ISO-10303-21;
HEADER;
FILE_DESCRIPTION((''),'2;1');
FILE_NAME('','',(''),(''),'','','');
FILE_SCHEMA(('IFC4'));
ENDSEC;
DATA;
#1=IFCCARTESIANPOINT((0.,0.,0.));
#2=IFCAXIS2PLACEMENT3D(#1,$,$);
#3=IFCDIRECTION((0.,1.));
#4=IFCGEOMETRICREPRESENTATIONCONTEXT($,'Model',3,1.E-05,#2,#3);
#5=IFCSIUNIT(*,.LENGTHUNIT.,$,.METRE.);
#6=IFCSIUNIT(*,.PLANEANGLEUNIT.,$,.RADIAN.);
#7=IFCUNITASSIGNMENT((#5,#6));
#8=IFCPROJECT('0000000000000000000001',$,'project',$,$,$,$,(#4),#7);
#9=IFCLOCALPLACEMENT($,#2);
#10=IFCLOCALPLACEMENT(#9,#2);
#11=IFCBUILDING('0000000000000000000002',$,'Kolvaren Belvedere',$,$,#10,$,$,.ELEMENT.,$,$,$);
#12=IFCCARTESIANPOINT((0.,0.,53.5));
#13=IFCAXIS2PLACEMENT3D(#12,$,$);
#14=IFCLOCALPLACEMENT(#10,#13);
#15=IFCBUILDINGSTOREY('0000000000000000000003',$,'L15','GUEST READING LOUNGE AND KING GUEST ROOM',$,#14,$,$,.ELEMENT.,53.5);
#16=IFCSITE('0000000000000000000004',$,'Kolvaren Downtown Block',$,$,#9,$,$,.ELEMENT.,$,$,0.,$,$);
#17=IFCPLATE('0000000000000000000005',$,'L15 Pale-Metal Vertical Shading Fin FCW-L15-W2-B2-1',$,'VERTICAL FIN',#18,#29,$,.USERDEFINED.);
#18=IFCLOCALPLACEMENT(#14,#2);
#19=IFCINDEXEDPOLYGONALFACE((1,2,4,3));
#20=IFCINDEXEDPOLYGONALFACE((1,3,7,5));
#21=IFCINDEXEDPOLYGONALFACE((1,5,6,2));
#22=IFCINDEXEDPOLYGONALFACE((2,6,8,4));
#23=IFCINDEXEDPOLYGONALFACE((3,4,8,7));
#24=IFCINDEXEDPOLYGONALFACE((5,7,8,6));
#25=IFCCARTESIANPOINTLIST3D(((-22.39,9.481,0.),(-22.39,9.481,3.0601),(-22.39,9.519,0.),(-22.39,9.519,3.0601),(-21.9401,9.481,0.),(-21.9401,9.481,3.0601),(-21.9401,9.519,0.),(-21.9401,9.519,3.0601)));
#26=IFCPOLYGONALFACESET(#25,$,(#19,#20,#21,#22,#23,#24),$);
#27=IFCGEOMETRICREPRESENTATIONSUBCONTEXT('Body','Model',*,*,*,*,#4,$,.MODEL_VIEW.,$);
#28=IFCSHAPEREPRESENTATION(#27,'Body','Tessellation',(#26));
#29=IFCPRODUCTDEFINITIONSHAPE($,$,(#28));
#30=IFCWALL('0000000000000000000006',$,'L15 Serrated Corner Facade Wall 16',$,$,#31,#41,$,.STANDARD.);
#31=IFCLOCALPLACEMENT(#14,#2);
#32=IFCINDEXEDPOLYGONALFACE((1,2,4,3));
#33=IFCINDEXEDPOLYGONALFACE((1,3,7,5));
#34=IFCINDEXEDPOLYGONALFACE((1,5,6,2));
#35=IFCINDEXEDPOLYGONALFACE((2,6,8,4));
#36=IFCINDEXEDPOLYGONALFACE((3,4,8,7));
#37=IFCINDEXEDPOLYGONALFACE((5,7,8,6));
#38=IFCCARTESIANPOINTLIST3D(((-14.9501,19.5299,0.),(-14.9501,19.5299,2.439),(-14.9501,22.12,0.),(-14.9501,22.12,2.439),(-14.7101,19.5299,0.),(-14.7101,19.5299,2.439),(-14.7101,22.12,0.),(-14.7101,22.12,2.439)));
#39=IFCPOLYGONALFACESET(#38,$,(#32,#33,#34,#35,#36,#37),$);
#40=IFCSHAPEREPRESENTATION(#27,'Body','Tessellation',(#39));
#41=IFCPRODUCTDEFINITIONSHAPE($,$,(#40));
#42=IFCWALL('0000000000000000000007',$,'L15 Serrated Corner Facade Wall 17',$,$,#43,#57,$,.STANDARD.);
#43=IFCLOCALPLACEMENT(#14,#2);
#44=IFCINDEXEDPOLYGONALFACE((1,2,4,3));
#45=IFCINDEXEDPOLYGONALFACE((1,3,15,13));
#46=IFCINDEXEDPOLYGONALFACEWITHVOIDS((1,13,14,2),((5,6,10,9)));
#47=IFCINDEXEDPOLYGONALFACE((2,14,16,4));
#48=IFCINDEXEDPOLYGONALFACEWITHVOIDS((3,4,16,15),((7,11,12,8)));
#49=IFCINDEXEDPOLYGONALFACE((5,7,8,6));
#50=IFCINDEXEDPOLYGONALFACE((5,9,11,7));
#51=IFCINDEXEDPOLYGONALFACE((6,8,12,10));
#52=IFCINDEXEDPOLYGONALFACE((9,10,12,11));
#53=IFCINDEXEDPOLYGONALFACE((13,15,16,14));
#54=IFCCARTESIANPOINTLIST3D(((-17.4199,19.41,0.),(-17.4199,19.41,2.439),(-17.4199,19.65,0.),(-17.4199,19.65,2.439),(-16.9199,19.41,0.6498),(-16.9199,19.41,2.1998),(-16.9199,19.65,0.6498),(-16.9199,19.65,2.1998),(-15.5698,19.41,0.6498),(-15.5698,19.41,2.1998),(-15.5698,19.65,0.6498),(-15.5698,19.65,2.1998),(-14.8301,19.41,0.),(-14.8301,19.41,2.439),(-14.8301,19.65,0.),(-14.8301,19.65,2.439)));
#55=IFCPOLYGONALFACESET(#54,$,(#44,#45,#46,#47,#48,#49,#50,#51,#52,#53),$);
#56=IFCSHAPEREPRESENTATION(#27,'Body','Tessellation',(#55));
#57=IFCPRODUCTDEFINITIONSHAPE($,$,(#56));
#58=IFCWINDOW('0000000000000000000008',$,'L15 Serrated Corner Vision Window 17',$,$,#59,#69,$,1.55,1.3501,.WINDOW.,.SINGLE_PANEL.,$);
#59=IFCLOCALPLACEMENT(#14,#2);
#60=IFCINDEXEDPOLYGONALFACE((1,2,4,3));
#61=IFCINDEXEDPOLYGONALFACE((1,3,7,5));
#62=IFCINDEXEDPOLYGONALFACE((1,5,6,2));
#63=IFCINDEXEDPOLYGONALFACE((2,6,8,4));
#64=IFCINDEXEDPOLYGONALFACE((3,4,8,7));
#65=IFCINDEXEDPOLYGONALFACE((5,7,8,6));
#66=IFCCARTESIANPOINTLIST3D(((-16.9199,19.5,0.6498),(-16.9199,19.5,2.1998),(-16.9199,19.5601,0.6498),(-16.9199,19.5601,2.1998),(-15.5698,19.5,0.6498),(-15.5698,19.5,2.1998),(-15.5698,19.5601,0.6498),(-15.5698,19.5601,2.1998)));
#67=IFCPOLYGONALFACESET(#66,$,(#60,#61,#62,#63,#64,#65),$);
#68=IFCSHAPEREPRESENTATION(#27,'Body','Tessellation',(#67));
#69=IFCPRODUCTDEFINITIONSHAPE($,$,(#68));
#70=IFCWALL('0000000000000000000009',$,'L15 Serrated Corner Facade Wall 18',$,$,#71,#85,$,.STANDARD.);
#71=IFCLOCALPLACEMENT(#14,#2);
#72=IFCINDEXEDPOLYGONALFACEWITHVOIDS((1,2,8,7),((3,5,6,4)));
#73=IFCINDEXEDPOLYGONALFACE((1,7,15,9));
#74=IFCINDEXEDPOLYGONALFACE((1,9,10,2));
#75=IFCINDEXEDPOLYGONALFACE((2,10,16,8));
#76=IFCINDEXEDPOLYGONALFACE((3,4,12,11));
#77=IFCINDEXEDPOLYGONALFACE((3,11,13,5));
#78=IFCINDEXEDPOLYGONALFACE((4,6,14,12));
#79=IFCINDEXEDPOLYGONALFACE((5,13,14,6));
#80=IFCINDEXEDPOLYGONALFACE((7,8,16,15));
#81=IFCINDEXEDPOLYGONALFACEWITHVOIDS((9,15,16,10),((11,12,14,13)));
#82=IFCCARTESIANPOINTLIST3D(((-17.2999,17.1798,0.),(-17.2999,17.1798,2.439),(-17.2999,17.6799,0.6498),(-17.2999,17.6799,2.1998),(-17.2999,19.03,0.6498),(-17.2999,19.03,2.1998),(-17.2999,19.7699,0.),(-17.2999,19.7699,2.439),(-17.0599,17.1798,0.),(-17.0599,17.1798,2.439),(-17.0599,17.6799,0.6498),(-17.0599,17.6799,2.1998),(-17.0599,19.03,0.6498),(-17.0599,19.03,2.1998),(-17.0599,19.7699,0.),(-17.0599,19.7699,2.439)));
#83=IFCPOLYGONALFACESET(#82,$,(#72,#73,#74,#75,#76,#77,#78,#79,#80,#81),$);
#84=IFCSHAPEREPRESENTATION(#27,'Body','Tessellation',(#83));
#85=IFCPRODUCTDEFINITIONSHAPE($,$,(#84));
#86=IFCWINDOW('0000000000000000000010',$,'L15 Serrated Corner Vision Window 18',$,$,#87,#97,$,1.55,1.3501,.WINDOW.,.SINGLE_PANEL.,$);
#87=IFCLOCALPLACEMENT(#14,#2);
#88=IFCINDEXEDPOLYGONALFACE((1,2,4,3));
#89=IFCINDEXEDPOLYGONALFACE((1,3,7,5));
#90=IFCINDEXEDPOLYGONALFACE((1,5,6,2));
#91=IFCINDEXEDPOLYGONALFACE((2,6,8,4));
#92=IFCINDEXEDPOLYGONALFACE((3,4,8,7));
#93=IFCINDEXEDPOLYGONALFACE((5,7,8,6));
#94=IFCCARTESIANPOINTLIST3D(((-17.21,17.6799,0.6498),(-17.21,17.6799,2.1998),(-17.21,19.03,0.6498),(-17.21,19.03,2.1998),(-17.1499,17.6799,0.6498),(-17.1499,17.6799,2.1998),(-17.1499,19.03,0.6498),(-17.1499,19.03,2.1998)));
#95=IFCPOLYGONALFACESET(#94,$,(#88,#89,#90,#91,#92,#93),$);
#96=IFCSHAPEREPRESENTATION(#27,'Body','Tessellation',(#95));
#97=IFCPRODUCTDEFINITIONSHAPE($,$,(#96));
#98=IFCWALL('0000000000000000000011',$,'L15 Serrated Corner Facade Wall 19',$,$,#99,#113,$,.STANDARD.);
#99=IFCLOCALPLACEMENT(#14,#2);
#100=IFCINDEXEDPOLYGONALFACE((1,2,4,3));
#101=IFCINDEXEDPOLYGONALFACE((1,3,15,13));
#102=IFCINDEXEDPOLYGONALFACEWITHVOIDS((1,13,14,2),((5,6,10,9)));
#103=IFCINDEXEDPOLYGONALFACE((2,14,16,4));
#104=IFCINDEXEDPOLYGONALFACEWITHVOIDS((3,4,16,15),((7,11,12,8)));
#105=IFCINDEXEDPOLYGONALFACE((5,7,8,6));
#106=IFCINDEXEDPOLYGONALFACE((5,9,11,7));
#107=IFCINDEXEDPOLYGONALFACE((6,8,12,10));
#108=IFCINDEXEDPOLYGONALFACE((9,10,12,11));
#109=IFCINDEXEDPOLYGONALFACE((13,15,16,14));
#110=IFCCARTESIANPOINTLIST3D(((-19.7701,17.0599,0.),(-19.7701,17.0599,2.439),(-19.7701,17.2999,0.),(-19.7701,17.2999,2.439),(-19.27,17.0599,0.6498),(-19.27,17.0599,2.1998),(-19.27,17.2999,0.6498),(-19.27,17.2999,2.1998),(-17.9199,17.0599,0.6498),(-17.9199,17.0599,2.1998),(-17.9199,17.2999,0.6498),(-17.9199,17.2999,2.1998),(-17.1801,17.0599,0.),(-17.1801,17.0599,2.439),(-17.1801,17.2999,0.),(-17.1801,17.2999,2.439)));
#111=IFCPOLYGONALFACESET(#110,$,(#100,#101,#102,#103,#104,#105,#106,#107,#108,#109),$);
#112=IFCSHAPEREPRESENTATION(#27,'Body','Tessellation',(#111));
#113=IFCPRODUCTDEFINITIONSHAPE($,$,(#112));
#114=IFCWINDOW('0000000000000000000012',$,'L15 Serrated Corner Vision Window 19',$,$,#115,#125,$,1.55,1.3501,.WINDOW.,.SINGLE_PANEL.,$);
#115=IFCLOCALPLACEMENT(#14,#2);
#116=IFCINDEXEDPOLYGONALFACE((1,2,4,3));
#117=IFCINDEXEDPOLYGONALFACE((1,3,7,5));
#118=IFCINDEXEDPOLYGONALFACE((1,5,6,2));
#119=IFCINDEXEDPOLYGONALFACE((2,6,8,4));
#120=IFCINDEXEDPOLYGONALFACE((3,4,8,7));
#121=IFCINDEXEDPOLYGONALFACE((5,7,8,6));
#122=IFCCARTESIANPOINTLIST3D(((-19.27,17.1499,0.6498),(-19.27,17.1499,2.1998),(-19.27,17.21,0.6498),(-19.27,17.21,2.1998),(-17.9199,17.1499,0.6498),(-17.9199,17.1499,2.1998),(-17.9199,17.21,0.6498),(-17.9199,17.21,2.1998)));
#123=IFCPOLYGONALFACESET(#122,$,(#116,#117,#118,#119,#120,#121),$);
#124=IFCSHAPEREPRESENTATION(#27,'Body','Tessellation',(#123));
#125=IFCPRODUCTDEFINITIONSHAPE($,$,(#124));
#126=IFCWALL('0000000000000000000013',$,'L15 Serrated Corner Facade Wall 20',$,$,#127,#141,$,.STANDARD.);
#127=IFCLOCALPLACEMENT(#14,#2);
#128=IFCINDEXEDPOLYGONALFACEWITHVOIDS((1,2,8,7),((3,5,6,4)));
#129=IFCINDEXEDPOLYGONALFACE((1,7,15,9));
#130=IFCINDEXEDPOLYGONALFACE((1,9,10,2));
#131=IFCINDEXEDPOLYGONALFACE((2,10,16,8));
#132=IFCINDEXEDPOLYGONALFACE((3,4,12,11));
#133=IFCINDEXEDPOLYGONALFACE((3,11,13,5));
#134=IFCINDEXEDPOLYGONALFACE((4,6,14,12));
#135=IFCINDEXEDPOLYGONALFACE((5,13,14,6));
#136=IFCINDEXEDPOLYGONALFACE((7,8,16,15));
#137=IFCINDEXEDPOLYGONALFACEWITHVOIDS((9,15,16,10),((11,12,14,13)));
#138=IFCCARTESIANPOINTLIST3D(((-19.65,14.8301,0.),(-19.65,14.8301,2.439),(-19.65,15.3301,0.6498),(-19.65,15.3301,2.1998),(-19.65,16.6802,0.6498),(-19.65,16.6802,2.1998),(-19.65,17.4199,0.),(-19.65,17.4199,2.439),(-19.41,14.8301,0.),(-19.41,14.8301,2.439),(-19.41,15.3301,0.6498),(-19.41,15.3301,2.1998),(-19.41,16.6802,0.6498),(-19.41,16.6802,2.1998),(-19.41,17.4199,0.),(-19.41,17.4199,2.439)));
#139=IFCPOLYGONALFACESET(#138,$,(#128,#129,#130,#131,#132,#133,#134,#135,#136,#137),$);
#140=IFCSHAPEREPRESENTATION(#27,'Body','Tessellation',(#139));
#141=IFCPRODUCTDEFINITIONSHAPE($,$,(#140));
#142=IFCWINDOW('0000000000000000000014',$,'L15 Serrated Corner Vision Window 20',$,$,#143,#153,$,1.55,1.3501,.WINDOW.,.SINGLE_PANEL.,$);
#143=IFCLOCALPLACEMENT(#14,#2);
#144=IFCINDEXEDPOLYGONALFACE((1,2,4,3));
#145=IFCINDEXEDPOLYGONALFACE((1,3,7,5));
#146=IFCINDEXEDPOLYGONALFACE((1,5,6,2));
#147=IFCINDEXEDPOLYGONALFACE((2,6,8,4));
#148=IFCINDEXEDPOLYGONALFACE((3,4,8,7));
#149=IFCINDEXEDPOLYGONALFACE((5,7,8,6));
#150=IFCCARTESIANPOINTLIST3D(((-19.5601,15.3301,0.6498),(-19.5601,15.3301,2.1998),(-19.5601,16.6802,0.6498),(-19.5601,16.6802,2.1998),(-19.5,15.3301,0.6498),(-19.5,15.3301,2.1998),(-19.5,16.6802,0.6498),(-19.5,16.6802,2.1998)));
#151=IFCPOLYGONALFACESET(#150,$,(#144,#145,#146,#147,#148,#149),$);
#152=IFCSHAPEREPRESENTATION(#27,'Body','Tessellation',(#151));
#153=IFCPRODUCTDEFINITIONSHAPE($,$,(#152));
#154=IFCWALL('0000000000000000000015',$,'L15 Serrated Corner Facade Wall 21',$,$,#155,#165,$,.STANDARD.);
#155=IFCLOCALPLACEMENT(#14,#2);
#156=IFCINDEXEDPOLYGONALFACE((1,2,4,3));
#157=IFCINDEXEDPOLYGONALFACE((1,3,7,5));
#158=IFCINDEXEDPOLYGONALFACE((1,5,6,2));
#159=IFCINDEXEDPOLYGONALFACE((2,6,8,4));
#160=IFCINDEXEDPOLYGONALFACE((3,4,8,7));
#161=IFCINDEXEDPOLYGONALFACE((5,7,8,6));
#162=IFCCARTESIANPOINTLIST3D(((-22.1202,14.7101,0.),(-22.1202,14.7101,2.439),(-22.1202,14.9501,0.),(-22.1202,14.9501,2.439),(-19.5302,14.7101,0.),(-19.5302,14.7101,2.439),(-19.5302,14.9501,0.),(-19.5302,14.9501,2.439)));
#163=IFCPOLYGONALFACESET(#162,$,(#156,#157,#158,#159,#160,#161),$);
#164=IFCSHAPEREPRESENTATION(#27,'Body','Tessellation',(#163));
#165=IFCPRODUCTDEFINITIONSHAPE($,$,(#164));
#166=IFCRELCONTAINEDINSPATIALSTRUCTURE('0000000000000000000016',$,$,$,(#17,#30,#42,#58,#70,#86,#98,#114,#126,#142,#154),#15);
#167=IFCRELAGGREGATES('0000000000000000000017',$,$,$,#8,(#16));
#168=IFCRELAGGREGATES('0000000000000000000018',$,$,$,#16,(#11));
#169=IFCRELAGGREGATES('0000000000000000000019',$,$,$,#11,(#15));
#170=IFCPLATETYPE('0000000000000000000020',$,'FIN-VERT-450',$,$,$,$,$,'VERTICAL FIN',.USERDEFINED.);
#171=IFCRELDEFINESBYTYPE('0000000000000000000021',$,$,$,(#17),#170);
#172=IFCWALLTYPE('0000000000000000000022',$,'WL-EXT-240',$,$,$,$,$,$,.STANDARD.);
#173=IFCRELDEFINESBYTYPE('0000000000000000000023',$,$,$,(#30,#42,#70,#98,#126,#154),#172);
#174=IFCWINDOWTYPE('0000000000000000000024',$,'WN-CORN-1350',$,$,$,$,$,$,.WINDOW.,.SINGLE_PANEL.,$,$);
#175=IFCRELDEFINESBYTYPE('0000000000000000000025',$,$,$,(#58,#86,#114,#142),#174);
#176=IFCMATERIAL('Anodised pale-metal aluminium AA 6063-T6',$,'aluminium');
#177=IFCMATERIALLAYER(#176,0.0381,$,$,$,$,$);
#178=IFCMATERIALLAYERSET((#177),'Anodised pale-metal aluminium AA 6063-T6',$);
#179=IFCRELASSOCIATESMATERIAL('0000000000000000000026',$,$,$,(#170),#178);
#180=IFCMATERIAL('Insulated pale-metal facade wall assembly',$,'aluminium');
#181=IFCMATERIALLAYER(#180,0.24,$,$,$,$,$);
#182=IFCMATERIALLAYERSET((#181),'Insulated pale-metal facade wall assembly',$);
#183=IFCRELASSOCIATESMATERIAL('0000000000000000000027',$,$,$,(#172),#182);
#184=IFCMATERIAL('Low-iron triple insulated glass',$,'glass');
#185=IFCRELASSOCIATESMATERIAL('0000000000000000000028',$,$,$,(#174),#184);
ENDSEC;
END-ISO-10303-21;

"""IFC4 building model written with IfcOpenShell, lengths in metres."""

from ifc_helpers import new_model, si_unit, direction, frame, frame_2d, origin, origin_2d, place, context, subcontext, project, spatial, rectangle, extrude, material, layer, layer_set, type_object, element, fill, save


model = new_model("IFC4")

# Units and contexts
model_context = context("Model", 3, precision=1e-05, world=origin(), true_north=direction((0.0, 1.0)))
body_context = subcontext(model_context, "Body", "Model", "MODEL_VIEW")
ifc_project = project(units=[si_unit("LENGTHUNIT", "METRE"), si_unit("PLANEANGLEUNIT", "RADIAN")], contexts=[model_context])

# Site, building, storey
site_placement = place(None, origin())
site = spatial("IfcSite", under=ifc_project, at=site_placement, Name="Kolvaren Downtown Block", CompositionType="ELEMENT", RefElevation=0.0)
building_placement = place(site_placement, origin())
building = spatial("IfcBuilding", under=site, at=building_placement, Name="Kolvaren Belvedere", CompositionType="ELEMENT")
storey_placement = place(building_placement, frame((0.0, 0.0, 53.5)))
storey = spatial("IfcBuildingStorey", under=building, at=storey_placement, Name="L15", Description="GUEST READING LOUNGE AND KING GUEST ROOM", CompositionType="ELEMENT", Elevation=53.5)

# Plate
ifc_material_1 = material(Name="Anodised pale-metal aluminium AA 6063-T6", Category="aluminium")
ifc_layer_1 = layer(ifc_material_1, 0.0381)
ifc_layer_set_1 = layer_set([ifc_layer_1], Name="Anodised pale-metal aluminium AA 6063-T6")
plate_type_1 = type_object("IfcPlateType", Name="FIN-VERT-450", ElementType="VERTICAL FIN", PredefinedType="USERDEFINED", material=ifc_layer_set_1)
plate_1_placement = place(storey_placement, frame((-22.165, 9.5, 0.0), z_axis=(0.0, 0.0, 1.0), x_axis=(1.0, 0.0, 0.0)))
element("IfcPlate", 1, at=plate_1_placement, inside=storey, type_object=plate_type_1, Name="L15 Pale-Metal Vertical Shading Fin FCW-L15-W2-B2-1", ObjectType="VERTICAL FIN", PredefinedType="USERDEFINED", context=body_context, shape_type="SweptSolid", body=[
    extrude(rectangle(XDim=0.45, YDim=0.0381, at=origin_2d()), origin(), (0.0, 0.0, 1.0), 3.0601),
])

# Wall
ifc_material_2 = material(Name="Insulated pale-metal facade wall assembly", Category="aluminium")
ifc_layer_2 = layer(ifc_material_2, 0.24)
ifc_layer_set_2 = layer_set([ifc_layer_2], Name="Insulated pale-metal facade wall assembly")
wall_type_1 = type_object("IfcWallType", Name="WL-EXT-240", PredefinedType="STANDARD", material=ifc_layer_set_2)
wall_1_placement = place(storey_placement, frame((-14.8301, 19.53, 0.0), z_axis=(0.0, 0.0, 1.0), x_axis=(0.0, 1.0, 0.0)))
element("IfcWall", 2, at=wall_1_placement, inside=storey, type_object=wall_type_1, Name="L15 Serrated Corner Facade Wall 16", PredefinedType="STANDARD", context=body_context, shape_type="SweptSolid", body=[
    extrude(rectangle(XDim=2.5901, YDim=0.24, at=frame_2d((1.2949, 0.0))), origin(), (0.0, 0.0, 1.0), 2.439),
])

# Walls, openings, windows
wall_2_placement = place(storey_placement, frame((-17.4199, 19.53, 0.0), z_axis=(0.0, 0.0, 1.0), x_axis=(1.0, 0.0, 0.0)))
wall_2 = element("IfcWall", 3, at=wall_2_placement, inside=storey, type_object=wall_type_1, Name="L15 Serrated Corner Facade Wall 17", PredefinedType="STANDARD", context=body_context, shape_type="SweptSolid", body=[
    extrude(rectangle(XDim=2.5898, YDim=0.24, at=frame_2d((1.2949, 0.0))), origin(), (0.0, 0.0, 1.0), 2.439),
])
opening_1_placement = place(wall_2_placement, frame((0.5, 0.0, 0.6499)))
opening_1 = element("IfcOpeningElement", 4, at=opening_1_placement, cuts=wall_2, PredefinedType="OPENING", context=body_context, shape_type="SweptSolid", body=[
    extrude(rectangle(XDim=1.3501, YDim=1.55, at=frame_2d((0.675, 0.7749))), frame((0.0, 0.1299, 0.0), z_axis=(0.0, -1.0, 0.0), x_axis=(1.0, 0.0, 0.0)), (0.0, 0.0, 1.0), 0.26),
])
ifc_material_3 = material(Name="Low-iron triple insulated glass", Category="glass")
window_type = type_object("IfcWindowType", Name="WN-CORN-1350", PartitioningType="SINGLE_PANEL", PredefinedType="WINDOW", material=ifc_material_3)
window_1_placement = place(opening_1_placement, origin())
window_1 = element("IfcWindow", 5, at=window_1_placement, inside=storey, type_object=window_type, Name="L15 Serrated Corner Vision Window 17", OverallHeight=1.55, OverallWidth=1.3501, PartitioningType="SINGLE_PANEL", PredefinedType="WINDOW", context=body_context, shape_type="SweptSolid", body=[
    extrude(rectangle(XDim=1.3501, YDim=1.55, at=frame_2d((0.675, 0.7749))), frame((0.0, 0.03, 0.0), z_axis=(0.0, -1.0, 0.0), x_axis=(1.0, 0.0, 0.0)), (0.0, 0.0, 1.0), 0.0601),
])
fill(opening_1, window_1)
wall_3_placement = place(storey_placement, frame((-17.1799, 17.1799, 0.0), z_axis=(0.0, 0.0, 1.0), x_axis=(0.0, 1.0, 0.0)))
wall_3 = element("IfcWall", 6, at=wall_3_placement, inside=storey, type_object=wall_type_1, Name="L15 Serrated Corner Facade Wall 18", PredefinedType="STANDARD", context=body_context, shape_type="SweptSolid", body=[
    extrude(rectangle(XDim=2.5901, YDim=0.24, at=frame_2d((1.2949, 0.0))), origin(), (0.0, 0.0, 1.0), 2.439),
])
opening_2_placement = place(wall_3_placement, frame((0.5, 0.0, 0.6499)))
opening_2 = element("IfcOpeningElement", 7, at=opening_2_placement, cuts=wall_3, PredefinedType="OPENING", context=body_context, shape_type="SweptSolid", body=[
    extrude(rectangle(XDim=1.3501, YDim=1.55, at=frame_2d((0.675, 0.7749))), frame((0.0, 0.1299, 0.0), z_axis=(0.0, -1.0, 0.0), x_axis=(1.0, 0.0, 0.0)), (0.0, 0.0, 1.0), 0.26),
])
window_2_placement = place(opening_2_placement, origin())
window_2 = element("IfcWindow", 8, at=window_2_placement, inside=storey, type_object=window_type, Name="L15 Serrated Corner Vision Window 18", OverallHeight=1.55, OverallWidth=1.3501, PartitioningType="SINGLE_PANEL", PredefinedType="WINDOW", context=body_context, shape_type="SweptSolid", body=[
    extrude(rectangle(XDim=1.3501, YDim=1.55, at=frame_2d((0.675, 0.7749))), frame((0.0, 0.03, 0.0), z_axis=(0.0, -1.0, 0.0), x_axis=(1.0, 0.0, 0.0)), (0.0, 0.0, 1.0), 0.0601),
])
fill(opening_2, window_2)
wall_4_placement = place(storey_placement, frame((-19.77, 17.1799, 0.0), z_axis=(0.0, 0.0, 1.0), x_axis=(1.0, 0.0, 0.0)))
wall_4 = element("IfcWall", 9, at=wall_4_placement, inside=storey, type_object=wall_type_1, Name="L15 Serrated Corner Facade Wall 19", PredefinedType="STANDARD", context=body_context, shape_type="SweptSolid", body=[
    extrude(rectangle(XDim=2.5901, YDim=0.24, at=frame_2d((1.2949, 0.0))), origin(), (0.0, 0.0, 1.0), 2.439),
])
opening_3_placement = place(wall_4_placement, frame((0.5, 0.0, 0.6499)))
opening_3 = element("IfcOpeningElement", 10, at=opening_3_placement, cuts=wall_4, PredefinedType="OPENING", context=body_context, shape_type="SweptSolid", body=[
    extrude(rectangle(XDim=1.3501, YDim=1.55, at=frame_2d((0.675, 0.7749))), frame((0.0, 0.1299, 0.0), z_axis=(0.0, -1.0, 0.0), x_axis=(1.0, 0.0, 0.0)), (0.0, 0.0, 1.0), 0.26),
])
window_3_placement = place(opening_3_placement, origin())
window_3 = element("IfcWindow", 11, at=window_3_placement, inside=storey, type_object=window_type, Name="L15 Serrated Corner Vision Window 19", OverallHeight=1.55, OverallWidth=1.3501, PartitioningType="SINGLE_PANEL", PredefinedType="WINDOW", context=body_context, shape_type="SweptSolid", body=[
    extrude(rectangle(XDim=1.3501, YDim=1.55, at=frame_2d((0.675, 0.7749))), frame((0.0, 0.03, 0.0), z_axis=(0.0, -1.0, 0.0), x_axis=(1.0, 0.0, 0.0)), (0.0, 0.0, 1.0), 0.0601),
])
fill(opening_3, window_3)
wall_5_placement = place(storey_placement, frame((-19.53, 14.8301, 0.0), z_axis=(0.0, 0.0, 1.0), x_axis=(0.0, 1.0, 0.0)))
wall_5 = element("IfcWall", 12, at=wall_5_placement, inside=storey, type_object=wall_type_1, Name="L15 Serrated Corner Facade Wall 20", PredefinedType="STANDARD", context=body_context, shape_type="SweptSolid", body=[
    extrude(rectangle(XDim=2.5898, YDim=0.24, at=frame_2d((1.2949, 0.0))), origin(), (0.0, 0.0, 1.0), 2.439),
])
opening_4_placement = place(wall_5_placement, frame((0.5, 0.0, 0.6499)))
opening_4 = element("IfcOpeningElement", 13, at=opening_4_placement, cuts=wall_5, PredefinedType="OPENING", context=body_context, shape_type="SweptSolid", body=[
    extrude(rectangle(XDim=1.3501, YDim=1.55, at=frame_2d((0.675, 0.7749))), frame((0.0, 0.1299, 0.0), z_axis=(0.0, -1.0, 0.0), x_axis=(1.0, 0.0, 0.0)), (0.0, 0.0, 1.0), 0.26),
])
window_4_placement = place(opening_4_placement, origin())
window_4 = element("IfcWindow", 14, at=window_4_placement, inside=storey, type_object=window_type, Name="L15 Serrated Corner Vision Window 20", OverallHeight=1.55, OverallWidth=1.3501, PartitioningType="SINGLE_PANEL", PredefinedType="WINDOW", context=body_context, shape_type="SweptSolid", body=[
    extrude(rectangle(XDim=1.3501, YDim=1.55, at=frame_2d((0.675, 0.7749))), frame((0.0, 0.03, 0.0), z_axis=(0.0, -1.0, 0.0), x_axis=(1.0, 0.0, 0.0)), (0.0, 0.0, 1.0), 0.0601),
])
fill(opening_4, window_4)

# Wall
wall_6_placement = place(storey_placement, frame((-22.1201, 14.8301, 0.0), z_axis=(0.0, 0.0, 1.0), x_axis=(1.0, 0.0, 0.0)))
element("IfcWall", 15, at=wall_6_placement, inside=storey, type_object=wall_type_1, Name="L15 Serrated Corner Facade Wall 21", PredefinedType="STANDARD", context=body_context, shape_type="SweptSolid", body=[
    extrude(rectangle(XDim=2.5901, YDim=0.24, at=frame_2d((1.2949, 0.0))), origin(), (0.0, 0.0, 1.0), 2.439),
])

save(model, "model.ifc")
